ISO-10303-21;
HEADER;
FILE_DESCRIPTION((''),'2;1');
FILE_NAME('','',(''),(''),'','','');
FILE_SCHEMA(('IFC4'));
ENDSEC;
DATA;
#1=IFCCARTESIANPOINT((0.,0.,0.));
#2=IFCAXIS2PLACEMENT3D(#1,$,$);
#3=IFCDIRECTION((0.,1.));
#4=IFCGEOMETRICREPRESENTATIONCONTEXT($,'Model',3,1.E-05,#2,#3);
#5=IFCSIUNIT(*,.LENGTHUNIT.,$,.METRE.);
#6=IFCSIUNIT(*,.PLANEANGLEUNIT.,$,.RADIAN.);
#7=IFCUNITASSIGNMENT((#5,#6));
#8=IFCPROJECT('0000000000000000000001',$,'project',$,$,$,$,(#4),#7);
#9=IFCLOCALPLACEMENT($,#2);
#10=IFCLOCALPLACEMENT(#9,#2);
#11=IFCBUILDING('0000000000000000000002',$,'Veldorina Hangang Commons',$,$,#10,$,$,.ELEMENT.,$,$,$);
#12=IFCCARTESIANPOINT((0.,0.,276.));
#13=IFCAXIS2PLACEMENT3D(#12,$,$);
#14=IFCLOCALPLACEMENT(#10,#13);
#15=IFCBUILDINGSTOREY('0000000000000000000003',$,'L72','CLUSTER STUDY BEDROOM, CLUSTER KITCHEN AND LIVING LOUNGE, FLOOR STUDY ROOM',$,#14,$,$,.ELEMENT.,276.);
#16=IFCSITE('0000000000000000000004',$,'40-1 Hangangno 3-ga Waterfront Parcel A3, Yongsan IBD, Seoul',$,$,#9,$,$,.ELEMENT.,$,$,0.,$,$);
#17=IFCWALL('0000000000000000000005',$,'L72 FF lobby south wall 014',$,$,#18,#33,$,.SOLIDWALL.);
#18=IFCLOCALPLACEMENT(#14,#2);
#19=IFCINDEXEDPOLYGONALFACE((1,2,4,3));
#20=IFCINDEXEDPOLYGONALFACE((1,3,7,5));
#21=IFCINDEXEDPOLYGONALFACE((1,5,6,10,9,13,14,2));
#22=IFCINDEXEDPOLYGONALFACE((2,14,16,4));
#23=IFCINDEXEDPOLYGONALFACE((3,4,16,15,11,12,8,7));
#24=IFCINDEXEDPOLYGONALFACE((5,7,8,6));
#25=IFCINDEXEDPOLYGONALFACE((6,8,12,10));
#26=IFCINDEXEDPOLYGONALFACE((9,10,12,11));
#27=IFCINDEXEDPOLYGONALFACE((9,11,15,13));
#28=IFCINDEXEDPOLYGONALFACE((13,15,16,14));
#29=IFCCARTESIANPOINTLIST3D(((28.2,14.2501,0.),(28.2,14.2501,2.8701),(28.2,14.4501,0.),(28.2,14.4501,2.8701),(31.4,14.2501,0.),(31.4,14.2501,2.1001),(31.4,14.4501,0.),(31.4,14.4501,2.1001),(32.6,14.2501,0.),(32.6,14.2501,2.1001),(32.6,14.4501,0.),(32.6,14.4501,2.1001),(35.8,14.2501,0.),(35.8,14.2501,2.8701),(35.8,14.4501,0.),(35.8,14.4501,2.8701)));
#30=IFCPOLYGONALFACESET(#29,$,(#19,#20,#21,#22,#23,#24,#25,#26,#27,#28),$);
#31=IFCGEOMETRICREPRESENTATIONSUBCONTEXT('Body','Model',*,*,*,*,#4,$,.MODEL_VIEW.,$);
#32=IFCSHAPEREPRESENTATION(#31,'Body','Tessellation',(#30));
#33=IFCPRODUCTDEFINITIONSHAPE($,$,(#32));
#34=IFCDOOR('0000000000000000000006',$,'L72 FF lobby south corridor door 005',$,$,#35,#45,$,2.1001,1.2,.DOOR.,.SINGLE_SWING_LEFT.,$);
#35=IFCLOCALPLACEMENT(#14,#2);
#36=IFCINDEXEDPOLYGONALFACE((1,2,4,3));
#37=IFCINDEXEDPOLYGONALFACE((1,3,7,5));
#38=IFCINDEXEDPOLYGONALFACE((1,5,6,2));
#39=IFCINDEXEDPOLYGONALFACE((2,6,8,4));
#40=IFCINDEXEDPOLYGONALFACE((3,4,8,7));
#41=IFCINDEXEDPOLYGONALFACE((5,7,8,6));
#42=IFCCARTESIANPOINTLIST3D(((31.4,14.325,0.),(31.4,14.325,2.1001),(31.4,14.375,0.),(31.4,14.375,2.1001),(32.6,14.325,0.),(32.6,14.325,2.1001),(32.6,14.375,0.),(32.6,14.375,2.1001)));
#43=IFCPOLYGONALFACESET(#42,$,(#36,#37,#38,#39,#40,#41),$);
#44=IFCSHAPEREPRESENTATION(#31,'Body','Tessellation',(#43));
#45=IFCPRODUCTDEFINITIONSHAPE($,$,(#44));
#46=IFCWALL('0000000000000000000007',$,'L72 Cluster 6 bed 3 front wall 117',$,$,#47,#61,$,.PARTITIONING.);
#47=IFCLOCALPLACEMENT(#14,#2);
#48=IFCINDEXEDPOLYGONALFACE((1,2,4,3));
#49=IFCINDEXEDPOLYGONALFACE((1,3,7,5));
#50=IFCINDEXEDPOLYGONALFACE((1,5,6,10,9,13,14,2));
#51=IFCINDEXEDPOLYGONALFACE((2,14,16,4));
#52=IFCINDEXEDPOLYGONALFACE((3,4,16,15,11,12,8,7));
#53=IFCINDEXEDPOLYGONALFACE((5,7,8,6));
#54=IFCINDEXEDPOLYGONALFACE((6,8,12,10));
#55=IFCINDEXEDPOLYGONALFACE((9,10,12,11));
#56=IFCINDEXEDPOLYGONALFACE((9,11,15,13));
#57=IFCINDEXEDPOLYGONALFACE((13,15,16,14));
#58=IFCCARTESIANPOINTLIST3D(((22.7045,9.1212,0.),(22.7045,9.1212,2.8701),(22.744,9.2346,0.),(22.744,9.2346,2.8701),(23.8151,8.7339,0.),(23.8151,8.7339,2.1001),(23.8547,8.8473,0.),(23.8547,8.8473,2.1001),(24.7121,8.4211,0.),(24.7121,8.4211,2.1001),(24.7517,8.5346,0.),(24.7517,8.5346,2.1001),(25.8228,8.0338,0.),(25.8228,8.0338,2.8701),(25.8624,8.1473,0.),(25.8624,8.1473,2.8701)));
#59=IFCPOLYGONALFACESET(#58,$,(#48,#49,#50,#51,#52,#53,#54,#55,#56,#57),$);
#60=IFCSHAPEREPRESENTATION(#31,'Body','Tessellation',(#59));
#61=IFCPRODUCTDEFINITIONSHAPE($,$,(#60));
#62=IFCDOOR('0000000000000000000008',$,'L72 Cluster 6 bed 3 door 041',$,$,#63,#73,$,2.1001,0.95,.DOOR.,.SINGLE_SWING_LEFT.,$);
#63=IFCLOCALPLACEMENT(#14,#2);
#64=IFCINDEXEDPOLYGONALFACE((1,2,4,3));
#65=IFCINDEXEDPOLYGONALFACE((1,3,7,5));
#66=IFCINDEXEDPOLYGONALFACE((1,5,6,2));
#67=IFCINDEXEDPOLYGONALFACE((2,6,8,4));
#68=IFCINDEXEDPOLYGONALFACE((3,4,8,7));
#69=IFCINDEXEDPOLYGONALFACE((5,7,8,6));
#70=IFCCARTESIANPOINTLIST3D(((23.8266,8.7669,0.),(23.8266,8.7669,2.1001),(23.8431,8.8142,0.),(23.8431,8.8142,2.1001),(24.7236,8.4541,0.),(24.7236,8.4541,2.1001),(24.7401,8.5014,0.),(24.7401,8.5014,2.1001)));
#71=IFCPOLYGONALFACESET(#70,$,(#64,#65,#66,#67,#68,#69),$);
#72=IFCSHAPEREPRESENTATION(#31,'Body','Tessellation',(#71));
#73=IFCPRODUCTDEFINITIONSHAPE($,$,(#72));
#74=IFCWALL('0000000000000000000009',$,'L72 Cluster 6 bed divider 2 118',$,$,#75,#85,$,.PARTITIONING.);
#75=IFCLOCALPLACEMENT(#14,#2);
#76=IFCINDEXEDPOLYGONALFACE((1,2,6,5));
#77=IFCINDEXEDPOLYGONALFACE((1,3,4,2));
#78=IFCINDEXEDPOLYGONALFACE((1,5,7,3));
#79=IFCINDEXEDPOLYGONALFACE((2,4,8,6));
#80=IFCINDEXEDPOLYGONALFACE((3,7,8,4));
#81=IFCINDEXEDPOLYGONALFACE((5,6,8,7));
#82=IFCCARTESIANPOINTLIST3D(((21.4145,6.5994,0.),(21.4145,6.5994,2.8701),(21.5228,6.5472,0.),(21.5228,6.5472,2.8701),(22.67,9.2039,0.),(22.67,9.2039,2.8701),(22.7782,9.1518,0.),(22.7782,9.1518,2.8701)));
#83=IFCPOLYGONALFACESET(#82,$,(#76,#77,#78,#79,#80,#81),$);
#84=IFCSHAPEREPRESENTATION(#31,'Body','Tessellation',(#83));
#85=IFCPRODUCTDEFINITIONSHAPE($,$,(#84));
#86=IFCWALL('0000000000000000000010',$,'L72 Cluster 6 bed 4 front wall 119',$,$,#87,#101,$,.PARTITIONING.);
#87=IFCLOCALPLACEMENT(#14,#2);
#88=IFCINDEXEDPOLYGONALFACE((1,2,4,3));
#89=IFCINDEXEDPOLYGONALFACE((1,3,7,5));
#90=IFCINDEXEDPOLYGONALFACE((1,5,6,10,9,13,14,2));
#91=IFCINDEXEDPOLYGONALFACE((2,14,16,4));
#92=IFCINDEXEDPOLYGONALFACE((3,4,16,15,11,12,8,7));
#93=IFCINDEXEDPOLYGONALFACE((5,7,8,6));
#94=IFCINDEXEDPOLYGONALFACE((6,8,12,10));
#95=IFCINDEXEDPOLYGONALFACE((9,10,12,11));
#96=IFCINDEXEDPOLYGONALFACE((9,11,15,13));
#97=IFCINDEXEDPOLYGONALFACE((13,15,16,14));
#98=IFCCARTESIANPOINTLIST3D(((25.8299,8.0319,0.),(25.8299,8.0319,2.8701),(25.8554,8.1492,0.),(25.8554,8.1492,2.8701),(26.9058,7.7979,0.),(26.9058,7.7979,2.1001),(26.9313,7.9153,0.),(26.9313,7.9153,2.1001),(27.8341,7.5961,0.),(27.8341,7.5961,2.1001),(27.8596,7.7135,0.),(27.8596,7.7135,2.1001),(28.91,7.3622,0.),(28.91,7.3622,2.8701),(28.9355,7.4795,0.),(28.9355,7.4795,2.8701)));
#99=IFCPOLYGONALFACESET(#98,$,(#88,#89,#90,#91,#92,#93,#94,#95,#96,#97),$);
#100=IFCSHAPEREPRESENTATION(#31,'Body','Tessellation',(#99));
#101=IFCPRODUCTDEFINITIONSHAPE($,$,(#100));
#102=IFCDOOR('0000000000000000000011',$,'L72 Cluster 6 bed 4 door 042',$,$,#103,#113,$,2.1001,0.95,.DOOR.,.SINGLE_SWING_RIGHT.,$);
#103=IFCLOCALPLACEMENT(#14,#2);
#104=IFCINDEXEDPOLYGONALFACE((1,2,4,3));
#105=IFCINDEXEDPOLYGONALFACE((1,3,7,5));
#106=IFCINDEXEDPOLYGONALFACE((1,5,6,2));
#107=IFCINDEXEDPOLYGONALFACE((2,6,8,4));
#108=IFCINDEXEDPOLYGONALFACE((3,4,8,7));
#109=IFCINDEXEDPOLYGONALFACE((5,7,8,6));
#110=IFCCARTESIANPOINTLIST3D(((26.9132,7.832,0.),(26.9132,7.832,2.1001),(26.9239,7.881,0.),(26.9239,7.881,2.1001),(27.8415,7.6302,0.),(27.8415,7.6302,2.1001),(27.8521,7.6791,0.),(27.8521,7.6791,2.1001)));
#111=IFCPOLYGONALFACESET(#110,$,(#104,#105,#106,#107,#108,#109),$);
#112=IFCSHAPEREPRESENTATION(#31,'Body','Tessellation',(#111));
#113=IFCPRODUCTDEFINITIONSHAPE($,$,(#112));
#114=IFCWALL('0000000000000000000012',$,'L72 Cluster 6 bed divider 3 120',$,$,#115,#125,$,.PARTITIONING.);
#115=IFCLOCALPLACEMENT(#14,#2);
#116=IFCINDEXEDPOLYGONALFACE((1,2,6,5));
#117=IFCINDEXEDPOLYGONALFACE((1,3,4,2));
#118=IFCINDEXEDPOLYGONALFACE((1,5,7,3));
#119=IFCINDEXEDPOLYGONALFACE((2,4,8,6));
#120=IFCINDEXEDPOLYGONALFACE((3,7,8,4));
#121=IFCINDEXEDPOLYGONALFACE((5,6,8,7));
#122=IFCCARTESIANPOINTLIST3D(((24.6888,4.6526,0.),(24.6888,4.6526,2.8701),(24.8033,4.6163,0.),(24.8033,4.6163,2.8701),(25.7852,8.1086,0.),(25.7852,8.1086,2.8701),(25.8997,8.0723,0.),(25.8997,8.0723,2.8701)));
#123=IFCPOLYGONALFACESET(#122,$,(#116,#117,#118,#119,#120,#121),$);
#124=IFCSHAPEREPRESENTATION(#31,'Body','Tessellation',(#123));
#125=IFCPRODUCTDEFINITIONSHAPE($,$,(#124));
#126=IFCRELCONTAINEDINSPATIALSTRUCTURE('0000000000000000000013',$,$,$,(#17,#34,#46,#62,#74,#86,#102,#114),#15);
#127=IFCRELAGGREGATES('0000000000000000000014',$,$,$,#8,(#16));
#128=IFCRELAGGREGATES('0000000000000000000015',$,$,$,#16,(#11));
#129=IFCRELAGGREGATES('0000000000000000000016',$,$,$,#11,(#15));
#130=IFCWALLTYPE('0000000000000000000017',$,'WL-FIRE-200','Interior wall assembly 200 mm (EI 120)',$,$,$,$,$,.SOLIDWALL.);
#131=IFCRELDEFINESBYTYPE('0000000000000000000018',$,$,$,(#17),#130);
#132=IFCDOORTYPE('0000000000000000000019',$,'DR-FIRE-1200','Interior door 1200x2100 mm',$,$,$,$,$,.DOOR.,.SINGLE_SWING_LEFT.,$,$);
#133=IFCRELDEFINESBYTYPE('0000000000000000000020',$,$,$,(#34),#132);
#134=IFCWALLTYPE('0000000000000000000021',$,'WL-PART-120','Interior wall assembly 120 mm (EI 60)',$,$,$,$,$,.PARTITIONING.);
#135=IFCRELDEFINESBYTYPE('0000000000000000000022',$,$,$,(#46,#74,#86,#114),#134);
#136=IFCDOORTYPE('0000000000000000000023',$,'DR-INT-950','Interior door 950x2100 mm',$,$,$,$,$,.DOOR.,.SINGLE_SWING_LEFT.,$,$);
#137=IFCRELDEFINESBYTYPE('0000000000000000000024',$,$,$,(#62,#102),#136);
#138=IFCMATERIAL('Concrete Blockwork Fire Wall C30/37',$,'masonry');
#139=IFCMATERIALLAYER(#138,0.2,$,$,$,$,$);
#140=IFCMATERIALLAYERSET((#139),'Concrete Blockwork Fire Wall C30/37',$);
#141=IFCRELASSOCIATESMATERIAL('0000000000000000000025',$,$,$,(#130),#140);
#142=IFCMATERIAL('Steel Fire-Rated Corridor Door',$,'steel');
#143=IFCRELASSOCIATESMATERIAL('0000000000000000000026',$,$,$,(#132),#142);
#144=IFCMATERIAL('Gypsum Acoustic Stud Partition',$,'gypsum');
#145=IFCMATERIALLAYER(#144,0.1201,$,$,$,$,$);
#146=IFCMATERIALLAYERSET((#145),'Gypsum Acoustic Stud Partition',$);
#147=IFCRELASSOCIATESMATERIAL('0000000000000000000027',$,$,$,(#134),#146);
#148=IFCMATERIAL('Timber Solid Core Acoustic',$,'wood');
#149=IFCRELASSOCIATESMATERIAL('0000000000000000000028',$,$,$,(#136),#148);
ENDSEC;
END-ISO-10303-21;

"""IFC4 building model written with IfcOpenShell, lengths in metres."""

from ifc_helpers import new_model, si_unit, direction, frame, frame_2d, origin, place, context, subcontext, project, spatial, rectangle, extrude, material, layer, layer_set, type_object, element, fill, save


model = new_model("IFC4")

# Units and contexts
model_context = context("Model", 3, precision=1e-05, world=origin(), true_north=direction((0.0, 1.0)))
body_context = subcontext(model_context, "Body", "Model", "MODEL_VIEW")
ifc_project = project(units=[si_unit("LENGTHUNIT", "METRE"), si_unit("PLANEANGLEUNIT", "RADIAN")], contexts=[model_context])

# Site, building, storey
site_placement = place(None, origin())
site = spatial("IfcSite", under=ifc_project, at=site_placement, Name="40-1 Hangangno 3-ga Waterfront Parcel A3, Yongsan IBD, Seoul", CompositionType="ELEMENT", RefElevation=0.0)
building_placement = place(site_placement, origin())
building = spatial("IfcBuilding", under=site, at=building_placement, Name="Veldorina Hangang Commons", CompositionType="ELEMENT")
storey_placement = place(building_placement, frame((0.0, 0.0, 276.0)))
storey = spatial("IfcBuildingStorey", under=building, at=storey_placement, Name="L72", Description="CLUSTER STUDY BEDROOM, CLUSTER KITCHEN AND LIVING LOUNGE, FLOOR STUDY ROOM", CompositionType="ELEMENT", Elevation=276.0)

# Shared definitions
ifc_material_1 = material(Name="Concrete Blockwork Fire Wall C30/37", Category="masonry")
ifc_layer_1 = layer(ifc_material_1, 0.2)
ifc_layer_set_1 = layer_set([ifc_layer_1], Name="Concrete Blockwork Fire Wall C30/37")
wall_type_1 = type_object("IfcWallType", Name="WL-FIRE-200", Description="Interior wall assembly 200 mm (EI 120)", PredefinedType="SOLIDWALL", material=ifc_layer_set_1)

# Walls, openings, doors
wall_1_placement = place(storey_placement, frame((28.2, 14.3501, 0.0), z_axis=(0.0, 0.0, 1.0), x_axis=(1.0, 0.0, 0.0)))
wall_1 = element("IfcWall", 1, at=wall_1_placement, inside=storey, type_object=wall_type_1, Name="L72 FF lobby south wall 014", PredefinedType="SOLIDWALL", context=body_context, shape_type="SweptSolid", body=[
    extrude(rectangle(XDim=7.6001, YDim=0.2, at=frame_2d((3.8, 0.0))), origin(), (0.0, 0.0, 1.0), 2.8701),
])
opening_1_placement = place(wall_1_placement, frame((3.2, 0.0, 0.0)))
opening_1 = element("IfcOpeningElement", 2, at=opening_1_placement, cuts=wall_1, PredefinedType="OPENING", context=body_context, shape_type="SweptSolid", body=[
    extrude(rectangle(XDim=1.2, YDim=2.1001, at=frame_2d((0.6001, 1.05))), frame((0.0, 0.1099, 0.0), z_axis=(0.0, -1.0, 0.0), x_axis=(1.0, 0.0, 0.0)), (0.0, 0.0, 1.0), 0.22),
])
ifc_material_2 = material(Name="Steel Fire-Rated Corridor Door", Category="steel")
door_type_1 = type_object("IfcDoorType", Name="DR-FIRE-1200", Description="Interior door 1200x2100 mm", OperationType="SINGLE_SWING_LEFT", PredefinedType="DOOR", material=ifc_material_2)
door_1_placement = place(opening_1_placement, origin())
door_1 = element("IfcDoor", 3, at=door_1_placement, inside=storey, type_object=door_type_1, Name="L72 FF lobby south corridor door 005", OperationType="SINGLE_SWING_LEFT", OverallHeight=2.1001, OverallWidth=1.2, PredefinedType="DOOR", context=body_context, shape_type="SweptSolid", body=[
    extrude(rectangle(XDim=1.2, YDim=2.1001, at=frame_2d((0.6001, 1.05))), frame((0.0, 0.0249, 0.0), z_axis=(0.0, -1.0, 0.0), x_axis=(1.0, 0.0, 0.0)), (0.0, 0.0, 1.0), 0.05),
])
fill(opening_1, door_1)
ifc_material_3 = material(Name="Gypsum Acoustic Stud Partition", Category="gypsum")
ifc_layer_2 = layer(ifc_material_3, 0.1201)
ifc_layer_set_2 = layer_set([ifc_layer_2], Name="Gypsum Acoustic Stud Partition")
wall_type_2 = type_object("IfcWallType", Name="WL-PART-120", Description="Interior wall assembly 120 mm (EI 60)", PredefinedType="PARTITIONING", material=ifc_layer_set_2)
wall_2_placement = place(storey_placement, frame((22.7241, 9.178, 0.0), z_axis=(0.0, 0.0, 1.0), x_axis=(0.944239, -0.32926, 0.0)))
wall_2 = element("IfcWall", 4, at=wall_2_placement, inside=storey, type_object=wall_type_2, Name="L72 Cluster 6 bed 3 front wall 117", PredefinedType="PARTITIONING", context=body_context, shape_type="SweptSolid", body=[
    extrude(rectangle(XDim=3.3025, YDim=0.1201, at=frame_2d((1.6514, 0.0))), origin(), (0.0, 0.0, 1.0), 2.8701),
])
opening_2_placement = place(wall_2_placement, frame((1.1763, 0.0, 0.0)))
opening_2 = element("IfcOpeningElement", 5, at=opening_2_placement, cuts=wall_2, PredefinedType="OPENING", context=body_context, shape_type="SweptSolid", body=[
    extrude(rectangle(XDim=0.95, YDim=2.1001, at=frame_2d((0.4751, 1.05))), frame((0.0, 0.0701, 0.0), z_axis=(0.0, -1.0, 0.0), x_axis=(1.0, 0.0, 0.0)), (0.0, 0.0, 1.0), 0.1401),
])
ifc_material_4 = material(Name="Timber Solid Core Acoustic", Category="wood")
door_type_2 = type_object("IfcDoorType", Name="DR-INT-950", Description="Interior door 950x2100 mm", OperationType="SINGLE_SWING_LEFT", PredefinedType="DOOR", material=ifc_material_4)
door_2_placement = place(opening_2_placement, origin())
door_2 = element("IfcDoor", 6, at=door_2_placement, inside=storey, type_object=door_type_2, Name="L72 Cluster 6 bed 3 door 041", OperationType="SINGLE_SWING_LEFT", OverallHeight=2.1001, OverallWidth=0.95, PredefinedType="DOOR", context=body_context, shape_type="SweptSolid", body=[
    extrude(rectangle(XDim=0.95, YDim=2.1001, at=frame_2d((0.4751, 1.05))), frame((0.0, 0.0249, 0.0), z_axis=(0.0, -1.0, 0.0), x_axis=(1.0, 0.0, 0.0)), (0.0, 0.0, 1.0), 0.05),
])
fill(opening_2, door_2)

# Wall
wall_3_placement = place(storey_placement, frame((22.7241, 9.178, 0.0), z_axis=(0.0, 0.0, 1.0), x_axis=(-0.434196, -0.900818, 0.0)))
element("IfcWall", 7, at=wall_3_placement, inside=storey, type_object=wall_type_2, Name="L72 Cluster 6 bed divider 2 118", PredefinedType="PARTITIONING", context=body_context, shape_type="SweptSolid", body=[
    extrude(rectangle(XDim=2.8914, YDim=0.1201, at=frame_2d((1.4458, 0.0))), origin(), (0.0, 0.0, 1.0), 2.8701),
])

# Wall, opening, door
wall_4_placement = place(storey_placement, frame((25.8425, 8.0906, 0.0), z_axis=(0.0, 0.0, 1.0), x_axis=(0.97717, -0.212459, 0.0)))
wall_4 = element("IfcWall", 8, at=wall_4_placement, inside=storey, type_object=wall_type_2, Name="L72 Cluster 6 bed 4 front wall 119", PredefinedType="PARTITIONING", context=body_context, shape_type="SweptSolid", body=[
    extrude(rectangle(XDim=3.1521, YDim=0.1201, at=frame_2d((1.5762, 0.0))), origin(), (0.0, 0.0, 1.0), 2.8701),
])
opening_3_placement = place(wall_4_placement, frame((1.1011, 0.0, 0.0)))
opening_3 = element("IfcOpeningElement", 9, at=opening_3_placement, cuts=wall_4, PredefinedType="OPENING", context=body_context, shape_type="SweptSolid", body=[
    extrude(rectangle(XDim=0.95, YDim=2.1001, at=frame_2d((0.4751, 1.05))), frame((0.0, 0.0701, 0.0), z_axis=(0.0, -1.0, 0.0), x_axis=(1.0, 0.0, 0.0)), (0.0, 0.0, 1.0), 0.1401),
])
door_3_placement = place(opening_3_placement, origin())
door_3 = element("IfcDoor", 10, at=door_3_placement, inside=storey, type_object=door_type_2, Name="L72 Cluster 6 bed 4 door 042", OperationType="SINGLE_SWING_RIGHT", OverallHeight=2.1001, OverallWidth=0.95, PredefinedType="DOOR", context=body_context, shape_type="SweptSolid", body=[
    extrude(rectangle(XDim=0.95, YDim=2.1001, at=frame_2d((0.4751, 1.05))), frame((0.0, 0.0249, 0.0), z_axis=(0.0, -1.0, 0.0), x_axis=(1.0, 0.0, 0.0)), (0.0, 0.0, 1.0), 0.05),
])
fill(opening_3, door_3)

# Wall
wall_5_placement = place(storey_placement, frame((25.8425, 8.0906, 0.0), z_axis=(0.0, 0.0, 1.0), x_axis=(-0.302398, -0.953182, 0.0)))
element("IfcWall", 11, at=wall_5_placement, inside=storey, type_object=wall_type_2, Name="L72 Cluster 6 bed divider 3 120", PredefinedType="PARTITIONING", context=body_context, shape_type="SweptSolid", body=[
    extrude(rectangle(XDim=3.6257, YDim=0.1201, at=frame_2d((1.813, 0.0))), origin(), (0.0, 0.0, 1.0), 2.8701),
])

save(model, "model.ifc")
